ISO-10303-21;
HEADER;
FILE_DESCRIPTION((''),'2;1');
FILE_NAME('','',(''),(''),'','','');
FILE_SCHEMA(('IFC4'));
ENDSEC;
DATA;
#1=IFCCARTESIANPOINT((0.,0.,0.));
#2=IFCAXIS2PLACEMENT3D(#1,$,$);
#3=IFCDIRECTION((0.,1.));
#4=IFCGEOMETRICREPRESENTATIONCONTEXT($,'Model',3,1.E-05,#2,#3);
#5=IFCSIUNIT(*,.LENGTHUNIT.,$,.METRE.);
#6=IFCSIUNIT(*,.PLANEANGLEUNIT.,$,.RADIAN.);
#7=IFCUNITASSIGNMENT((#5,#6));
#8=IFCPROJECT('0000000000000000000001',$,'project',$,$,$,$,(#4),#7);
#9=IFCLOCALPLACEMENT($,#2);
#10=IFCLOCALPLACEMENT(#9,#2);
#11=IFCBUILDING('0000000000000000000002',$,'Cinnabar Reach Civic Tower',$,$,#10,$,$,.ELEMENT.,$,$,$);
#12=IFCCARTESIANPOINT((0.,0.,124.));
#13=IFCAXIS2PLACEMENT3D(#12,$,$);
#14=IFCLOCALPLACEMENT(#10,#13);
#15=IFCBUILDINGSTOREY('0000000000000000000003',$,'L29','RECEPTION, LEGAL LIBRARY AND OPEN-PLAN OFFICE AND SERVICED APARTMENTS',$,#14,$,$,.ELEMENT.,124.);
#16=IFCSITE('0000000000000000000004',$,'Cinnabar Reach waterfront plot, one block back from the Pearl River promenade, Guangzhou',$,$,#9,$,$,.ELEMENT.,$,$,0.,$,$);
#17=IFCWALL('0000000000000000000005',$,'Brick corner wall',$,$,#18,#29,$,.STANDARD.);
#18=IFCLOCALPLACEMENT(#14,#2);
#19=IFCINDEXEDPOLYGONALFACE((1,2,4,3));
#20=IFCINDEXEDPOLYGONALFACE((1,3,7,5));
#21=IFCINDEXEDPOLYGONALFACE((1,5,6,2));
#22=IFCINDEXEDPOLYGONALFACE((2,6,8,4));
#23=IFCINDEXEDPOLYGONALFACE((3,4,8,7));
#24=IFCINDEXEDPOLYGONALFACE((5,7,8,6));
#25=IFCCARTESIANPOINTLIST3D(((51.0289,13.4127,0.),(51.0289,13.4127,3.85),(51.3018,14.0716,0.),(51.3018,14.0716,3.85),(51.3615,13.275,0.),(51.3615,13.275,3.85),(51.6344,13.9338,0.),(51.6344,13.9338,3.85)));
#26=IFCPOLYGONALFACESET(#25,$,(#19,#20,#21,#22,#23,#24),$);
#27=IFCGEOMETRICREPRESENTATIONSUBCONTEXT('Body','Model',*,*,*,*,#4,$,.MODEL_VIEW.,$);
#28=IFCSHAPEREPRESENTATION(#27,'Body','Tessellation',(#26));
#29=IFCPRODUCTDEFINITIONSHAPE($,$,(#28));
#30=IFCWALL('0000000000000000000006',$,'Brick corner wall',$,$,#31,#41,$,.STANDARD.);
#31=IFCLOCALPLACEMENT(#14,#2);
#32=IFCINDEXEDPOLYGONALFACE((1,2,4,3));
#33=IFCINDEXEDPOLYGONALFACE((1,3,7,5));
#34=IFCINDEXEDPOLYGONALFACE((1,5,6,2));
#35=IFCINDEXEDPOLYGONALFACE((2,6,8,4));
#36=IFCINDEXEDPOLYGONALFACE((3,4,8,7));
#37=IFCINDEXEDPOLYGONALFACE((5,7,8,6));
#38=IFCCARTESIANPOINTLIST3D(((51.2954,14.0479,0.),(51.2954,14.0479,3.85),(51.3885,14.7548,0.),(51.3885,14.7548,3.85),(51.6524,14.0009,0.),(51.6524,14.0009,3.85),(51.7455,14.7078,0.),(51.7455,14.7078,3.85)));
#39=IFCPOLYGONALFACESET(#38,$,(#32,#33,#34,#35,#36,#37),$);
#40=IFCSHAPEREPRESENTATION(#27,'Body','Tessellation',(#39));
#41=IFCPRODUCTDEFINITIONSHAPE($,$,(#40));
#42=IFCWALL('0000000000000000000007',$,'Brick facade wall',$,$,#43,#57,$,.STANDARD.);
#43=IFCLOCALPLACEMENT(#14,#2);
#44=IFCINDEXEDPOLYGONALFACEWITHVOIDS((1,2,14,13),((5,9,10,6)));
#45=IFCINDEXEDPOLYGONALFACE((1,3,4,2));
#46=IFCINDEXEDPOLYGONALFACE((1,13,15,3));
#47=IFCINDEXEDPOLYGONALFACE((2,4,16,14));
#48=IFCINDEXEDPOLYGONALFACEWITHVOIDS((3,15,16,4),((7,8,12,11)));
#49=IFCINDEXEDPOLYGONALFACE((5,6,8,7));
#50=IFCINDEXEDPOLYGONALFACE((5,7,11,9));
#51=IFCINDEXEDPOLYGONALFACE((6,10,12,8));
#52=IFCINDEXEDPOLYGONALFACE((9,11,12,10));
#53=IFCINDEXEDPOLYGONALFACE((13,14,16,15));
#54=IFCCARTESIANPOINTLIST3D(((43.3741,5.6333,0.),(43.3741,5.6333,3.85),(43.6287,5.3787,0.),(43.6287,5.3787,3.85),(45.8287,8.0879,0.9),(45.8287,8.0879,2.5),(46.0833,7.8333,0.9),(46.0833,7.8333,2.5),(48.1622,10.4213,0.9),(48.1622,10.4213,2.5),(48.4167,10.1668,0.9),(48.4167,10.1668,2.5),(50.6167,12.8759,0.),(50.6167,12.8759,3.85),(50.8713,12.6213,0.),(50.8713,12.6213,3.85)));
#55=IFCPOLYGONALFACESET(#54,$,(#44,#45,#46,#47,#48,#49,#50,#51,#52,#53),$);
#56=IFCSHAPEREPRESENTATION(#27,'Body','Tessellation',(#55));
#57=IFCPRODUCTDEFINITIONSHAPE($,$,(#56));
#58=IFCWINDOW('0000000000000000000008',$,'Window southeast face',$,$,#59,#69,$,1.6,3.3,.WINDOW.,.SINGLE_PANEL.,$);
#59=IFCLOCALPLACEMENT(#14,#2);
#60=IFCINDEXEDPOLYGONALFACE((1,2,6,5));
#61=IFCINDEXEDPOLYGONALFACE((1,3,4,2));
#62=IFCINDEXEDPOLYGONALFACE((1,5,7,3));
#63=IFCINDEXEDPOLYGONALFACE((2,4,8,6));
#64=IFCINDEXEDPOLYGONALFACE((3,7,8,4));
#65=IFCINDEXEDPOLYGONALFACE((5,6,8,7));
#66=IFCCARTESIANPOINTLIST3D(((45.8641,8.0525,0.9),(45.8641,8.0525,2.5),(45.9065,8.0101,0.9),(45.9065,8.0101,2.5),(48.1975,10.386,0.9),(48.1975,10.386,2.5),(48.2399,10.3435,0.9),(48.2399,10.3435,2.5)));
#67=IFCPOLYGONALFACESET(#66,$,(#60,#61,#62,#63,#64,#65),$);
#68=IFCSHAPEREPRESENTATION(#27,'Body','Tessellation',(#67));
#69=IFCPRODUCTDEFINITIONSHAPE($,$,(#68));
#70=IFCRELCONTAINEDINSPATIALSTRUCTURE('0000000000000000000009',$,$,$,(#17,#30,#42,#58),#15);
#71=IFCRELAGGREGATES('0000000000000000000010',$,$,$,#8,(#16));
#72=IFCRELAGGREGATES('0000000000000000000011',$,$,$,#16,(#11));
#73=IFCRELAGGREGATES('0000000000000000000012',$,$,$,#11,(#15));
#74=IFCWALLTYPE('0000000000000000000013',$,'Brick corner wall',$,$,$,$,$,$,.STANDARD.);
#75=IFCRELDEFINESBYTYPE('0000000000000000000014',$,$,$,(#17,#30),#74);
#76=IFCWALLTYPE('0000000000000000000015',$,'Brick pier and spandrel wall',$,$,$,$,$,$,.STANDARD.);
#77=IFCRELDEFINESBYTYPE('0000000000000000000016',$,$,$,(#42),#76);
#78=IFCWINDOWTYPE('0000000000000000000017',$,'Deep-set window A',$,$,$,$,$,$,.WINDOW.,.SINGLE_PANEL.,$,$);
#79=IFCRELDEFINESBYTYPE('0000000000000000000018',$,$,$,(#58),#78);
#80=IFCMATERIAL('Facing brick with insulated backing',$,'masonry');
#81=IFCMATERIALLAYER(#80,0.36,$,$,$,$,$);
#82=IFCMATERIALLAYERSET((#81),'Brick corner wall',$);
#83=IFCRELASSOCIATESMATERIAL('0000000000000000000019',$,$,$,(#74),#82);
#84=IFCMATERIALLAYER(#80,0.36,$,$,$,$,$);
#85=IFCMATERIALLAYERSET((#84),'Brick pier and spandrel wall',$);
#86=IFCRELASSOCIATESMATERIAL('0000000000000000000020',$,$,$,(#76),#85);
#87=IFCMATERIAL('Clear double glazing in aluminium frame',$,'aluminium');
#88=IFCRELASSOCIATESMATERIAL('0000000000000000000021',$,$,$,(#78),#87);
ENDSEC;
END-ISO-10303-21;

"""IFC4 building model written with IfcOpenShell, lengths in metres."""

from ifc_helpers import new_model, si_unit, direction, frame, frame_2d, origin, place, context, subcontext, project, spatial, rectangle, extrude, material, layer, layer_set, type_object, element, fill, save


model = new_model("IFC4")

# Units and contexts
model_context = context("Model", 3, precision=1e-05, world=origin(), true_north=direction((0.0, 1.0)))
body_context = subcontext(model_context, "Body", "Model", "MODEL_VIEW")
ifc_project = project(units=[si_unit("LENGTHUNIT", "METRE"), si_unit("PLANEANGLEUNIT", "RADIAN")], contexts=[model_context])

# Site, building, storey
site_placement = place(None, origin())
site = spatial("IfcSite", under=ifc_project, at=site_placement, Name="Cinnabar Reach waterfront plot, one block back from the Pearl River promenade, Guangzhou", CompositionType="ELEMENT", RefElevation=0.0)
building_placement = place(site_placement, origin())
building = spatial("IfcBuilding", under=site, at=building_placement, Name="Cinnabar Reach Civic Tower", CompositionType="ELEMENT")
storey_placement = place(building_placement, frame((0.0, 0.0, 124.0)))
storey = spatial("IfcBuildingStorey", under=building, at=storey_placement, Name="L29", Description="RECEPTION, LEGAL LIBRARY AND OPEN-PLAN OFFICE AND SERVICED APARTMENTS", CompositionType="ELEMENT", Elevation=124.0)

# Walls
ifc_material_1 = material(Name="Facing brick with insulated backing", Category="masonry")
ifc_layer_1 = layer(ifc_material_1, 0.36)
ifc_layer_set_1 = layer_set([ifc_layer_1], Name="Brick corner wall")
wall_type_1 = type_object("IfcWallType", Name="Brick corner wall", PredefinedType="STANDARD", material=ifc_layer_set_1)
for number, where, z_axis, x_axis, name in (
    (1, (51.1952, 13.3439, 0.0), (0.0, 0.0, 1.0), (0.382703, 0.923872, 0.0), "Brick corner wall"),
    (2, (51.4739, 14.0244, 0.0), (0.0, 0.0, 1.0), (0.130556, 0.991441, 0.0), "Brick corner wall"),
):
    element("IfcWall", number, at=place(storey_placement, frame(where, z_axis=z_axis, x_axis=x_axis)), inside=storey, type_object=wall_type_1, Name=name, PredefinedType="STANDARD", context=body_context, shape_type="SweptSolid", body=[
        extrude(rectangle(XDim=0.7131, YDim=0.36, at=frame_2d((0.3565, 0.0))), origin(), (0.0, 0.0, 1.0), 3.85),
    ])

# Wall, opening, window
ifc_layer_2 = layer(ifc_material_1, 0.36)
ifc_layer_set_2 = layer_set([ifc_layer_2], Name="Brick pier and spandrel wall")
wall_type_2 = type_object("IfcWallType", Name="Brick pier and spandrel wall", PredefinedType="STANDARD", material=ifc_layer_set_2)
wall_placement = place(storey_placement, frame((43.5014, 5.506, 0.0), z_axis=(0.0, 0.0, 1.0), x_axis=(0.707107, 0.707107, 0.0)))
wall = element("IfcWall", 3, at=wall_placement, inside=storey, type_object=wall_type_2, Name="Brick facade wall", PredefinedType="STANDARD", context=body_context, shape_type="SweptSolid", body=[
    extrude(rectangle(XDim=10.2426, YDim=0.36, at=frame_2d((5.1213, 0.0))), origin(), (0.0, 0.0, 1.0), 3.85),
])
opening_placement = place(wall_placement, frame((3.4713, 0.0, 0.9)))
opening = element("IfcOpeningElement", 4, at=opening_placement, cuts=wall, PredefinedType="OPENING", context=body_context, shape_type="SweptSolid", body=[
    extrude(rectangle(XDim=3.3, YDim=1.6, at=frame_2d((1.65, 0.8))), frame((0.0, 0.19, 0.0), z_axis=(0.0, -1.0, 0.0), x_axis=(1.0, 0.0, 0.0)), (0.0, 0.0, 1.0), 0.38),
])
ifc_material_2 = material(Name="Clear double glazing in aluminium frame", Category="aluminium")
window_type = type_object("IfcWindowType", Name="Deep-set window A", PartitioningType="SINGLE_PANEL", PredefinedType="WINDOW", material=ifc_material_2)
window_placement = place(opening_placement, origin())
window = element("IfcWindow", 5, at=window_placement, inside=storey, type_object=window_type, Name="Window southeast face", OverallHeight=1.6, OverallWidth=3.3, PartitioningType="SINGLE_PANEL", PredefinedType="WINDOW", context=body_context, shape_type="SweptSolid", body=[
    extrude(rectangle(XDim=3.3, YDim=1.6, at=frame_2d((1.65, 0.8))), frame((0.0, 0.13, 0.0), z_axis=(0.0, -1.0, 0.0), x_axis=(1.0, 0.0, 0.0)), (0.0, 0.0, 1.0), 0.06),
])
fill(opening, window)

save(model, "model.ifc")
